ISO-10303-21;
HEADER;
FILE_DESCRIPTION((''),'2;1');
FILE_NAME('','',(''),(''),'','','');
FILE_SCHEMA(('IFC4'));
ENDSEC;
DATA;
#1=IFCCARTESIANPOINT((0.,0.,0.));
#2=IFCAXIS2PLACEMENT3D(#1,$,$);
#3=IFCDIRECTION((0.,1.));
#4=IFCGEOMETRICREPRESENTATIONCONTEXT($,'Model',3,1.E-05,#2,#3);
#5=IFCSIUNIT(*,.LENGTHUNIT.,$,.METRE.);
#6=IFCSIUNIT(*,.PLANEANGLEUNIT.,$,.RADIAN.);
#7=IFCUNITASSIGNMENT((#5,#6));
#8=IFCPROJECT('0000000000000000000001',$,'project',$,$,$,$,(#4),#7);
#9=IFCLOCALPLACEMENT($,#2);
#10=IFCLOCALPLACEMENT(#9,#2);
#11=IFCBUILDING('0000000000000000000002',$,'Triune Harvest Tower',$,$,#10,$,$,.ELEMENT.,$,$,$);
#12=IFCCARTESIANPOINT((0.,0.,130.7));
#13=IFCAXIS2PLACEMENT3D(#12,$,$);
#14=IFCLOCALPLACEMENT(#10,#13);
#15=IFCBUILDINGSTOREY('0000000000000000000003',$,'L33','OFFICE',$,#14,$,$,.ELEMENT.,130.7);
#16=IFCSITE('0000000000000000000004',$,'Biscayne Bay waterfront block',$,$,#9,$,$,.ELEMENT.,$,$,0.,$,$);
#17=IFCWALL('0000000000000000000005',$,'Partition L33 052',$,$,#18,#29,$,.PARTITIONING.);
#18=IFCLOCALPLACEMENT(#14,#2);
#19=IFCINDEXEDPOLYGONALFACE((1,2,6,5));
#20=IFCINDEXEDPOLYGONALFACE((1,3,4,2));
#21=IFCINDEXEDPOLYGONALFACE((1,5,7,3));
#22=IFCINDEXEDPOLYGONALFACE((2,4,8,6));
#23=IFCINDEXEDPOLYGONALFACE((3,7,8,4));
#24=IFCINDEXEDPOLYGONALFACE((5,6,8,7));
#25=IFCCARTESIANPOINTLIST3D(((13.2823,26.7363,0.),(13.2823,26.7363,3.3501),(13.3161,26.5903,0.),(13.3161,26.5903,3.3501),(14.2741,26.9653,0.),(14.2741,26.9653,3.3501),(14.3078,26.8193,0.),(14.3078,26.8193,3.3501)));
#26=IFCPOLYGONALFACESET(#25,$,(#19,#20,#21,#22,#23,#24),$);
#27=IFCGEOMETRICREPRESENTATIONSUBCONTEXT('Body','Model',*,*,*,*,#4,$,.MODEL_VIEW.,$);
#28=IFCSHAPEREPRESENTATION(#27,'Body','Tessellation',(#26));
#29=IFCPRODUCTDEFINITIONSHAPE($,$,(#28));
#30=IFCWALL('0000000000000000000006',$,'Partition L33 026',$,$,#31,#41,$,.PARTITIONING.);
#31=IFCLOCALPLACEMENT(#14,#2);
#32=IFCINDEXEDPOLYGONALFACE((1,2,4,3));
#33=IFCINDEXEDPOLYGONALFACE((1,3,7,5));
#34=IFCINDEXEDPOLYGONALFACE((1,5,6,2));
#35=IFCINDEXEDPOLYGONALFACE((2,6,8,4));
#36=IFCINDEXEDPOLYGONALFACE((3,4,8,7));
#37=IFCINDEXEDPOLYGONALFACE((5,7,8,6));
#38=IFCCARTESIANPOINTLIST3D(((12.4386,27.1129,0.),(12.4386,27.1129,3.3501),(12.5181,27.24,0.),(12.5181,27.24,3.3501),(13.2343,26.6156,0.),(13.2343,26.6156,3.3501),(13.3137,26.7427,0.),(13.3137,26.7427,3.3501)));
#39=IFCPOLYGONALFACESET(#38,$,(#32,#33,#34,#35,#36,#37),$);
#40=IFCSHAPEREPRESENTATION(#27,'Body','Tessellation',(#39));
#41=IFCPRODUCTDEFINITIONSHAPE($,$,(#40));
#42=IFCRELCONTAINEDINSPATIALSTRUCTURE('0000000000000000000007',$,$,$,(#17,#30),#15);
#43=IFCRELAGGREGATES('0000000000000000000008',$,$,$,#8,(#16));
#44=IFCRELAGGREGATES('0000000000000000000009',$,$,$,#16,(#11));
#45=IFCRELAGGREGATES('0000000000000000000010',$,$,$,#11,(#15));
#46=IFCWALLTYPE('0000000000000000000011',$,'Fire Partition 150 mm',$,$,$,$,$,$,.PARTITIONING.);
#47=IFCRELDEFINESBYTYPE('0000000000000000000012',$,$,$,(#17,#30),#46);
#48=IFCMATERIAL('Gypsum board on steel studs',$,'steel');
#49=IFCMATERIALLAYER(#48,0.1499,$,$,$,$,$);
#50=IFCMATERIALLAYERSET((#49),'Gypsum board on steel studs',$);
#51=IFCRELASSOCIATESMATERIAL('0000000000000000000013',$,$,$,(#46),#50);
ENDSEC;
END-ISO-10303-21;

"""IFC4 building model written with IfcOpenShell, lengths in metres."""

from ifc_helpers import new_model, si_unit, direction, frame, frame_2d, origin, place, context, subcontext, project, spatial, rectangle, extrude, source, transform, mapped, material, layer, layer_set, type_object, element, save


model = new_model("IFC4")

# Units and contexts
model_context = context("Model", 3, precision=1e-05, world=origin(), true_north=direction((0.0, 1.0)))
body_context = subcontext(model_context, "Body", "Model", "MODEL_VIEW")
ifc_project = project(units=[si_unit("LENGTHUNIT", "METRE"), si_unit("PLANEANGLEUNIT", "RADIAN")], contexts=[model_context])

# Site, building, storey
site_placement = place(None, origin())
site = spatial("IfcSite", under=ifc_project, at=site_placement, Name="Biscayne Bay waterfront block", CompositionType="ELEMENT", RefElevation=0.0)
building_placement = place(site_placement, origin())
building = spatial("IfcBuilding", under=site, at=building_placement, Name="Triune Harvest Tower", CompositionType="ELEMENT")
storey_placement = place(building_placement, frame((0.0, 0.0, 130.7)))
storey = spatial("IfcBuildingStorey", under=building, at=storey_placement, Name="L33", Description="OFFICE", CompositionType="ELEMENT", Elevation=130.7)

# Shared definitions
ifc_material_1 = material(Name="Gypsum board on steel studs", Category="steel")
ifc_layer_1 = layer(ifc_material_1, 0.1499)
ifc_layer_set_1 = layer_set([ifc_layer_1], Name="Gypsum board on steel studs")
wall_type_1 = type_object("IfcWallType", Name="Fire Partition 150 mm", PredefinedType="PARTITIONING", material=ifc_layer_set_1)

# Walls
shared_shape_1 = source(origin(), body_context, "Body", "SweptSolid", [
    extrude(rectangle(XDim=1.0178, YDim=0.1499, at=frame_2d((0.5088, 0.0))), origin(), (0.0, 0.0, 1.0), 3.3501),
])
wall_1_placement = place(storey_placement, frame((13.2993, 26.6633, 0.0), z_axis=(0.0, 0.0, 1.0), x_axis=(0.974359, 0.225, 0.0)))
element("IfcWall", 1, at=wall_1_placement, inside=storey, type_object=wall_type_1, Name="Partition L33 052", PredefinedType="PARTITIONING", context=body_context, shape_type="MappedRepresentation", body=[
    mapped(shared_shape_1, transform((0.0, 0.0, 0.0), scale=1.0)),
])
shared_shape_2 = source(origin(), body_context, "Body", "SweptSolid", [
    extrude(rectangle(XDim=0.9382, YDim=0.1499, at=frame_2d((0.4692, 0.0))), origin(), (0.0, 0.0, 1.0), 3.3501),
])
wall_2_placement = place(storey_placement, frame((12.4783, 27.1765, 0.0), z_axis=(0.0, 0.0, 1.0), x_axis=(0.847984, -0.530022, 0.0)))
element("IfcWall", 2, at=wall_2_placement, inside=storey, type_object=wall_type_1, Name="Partition L33 026", PredefinedType="PARTITIONING", context=body_context, shape_type="MappedRepresentation", body=[
    mapped(shared_shape_2, transform((0.0, 0.0, 0.0), scale=1.0)),
])

save(model, "model.ifc")
